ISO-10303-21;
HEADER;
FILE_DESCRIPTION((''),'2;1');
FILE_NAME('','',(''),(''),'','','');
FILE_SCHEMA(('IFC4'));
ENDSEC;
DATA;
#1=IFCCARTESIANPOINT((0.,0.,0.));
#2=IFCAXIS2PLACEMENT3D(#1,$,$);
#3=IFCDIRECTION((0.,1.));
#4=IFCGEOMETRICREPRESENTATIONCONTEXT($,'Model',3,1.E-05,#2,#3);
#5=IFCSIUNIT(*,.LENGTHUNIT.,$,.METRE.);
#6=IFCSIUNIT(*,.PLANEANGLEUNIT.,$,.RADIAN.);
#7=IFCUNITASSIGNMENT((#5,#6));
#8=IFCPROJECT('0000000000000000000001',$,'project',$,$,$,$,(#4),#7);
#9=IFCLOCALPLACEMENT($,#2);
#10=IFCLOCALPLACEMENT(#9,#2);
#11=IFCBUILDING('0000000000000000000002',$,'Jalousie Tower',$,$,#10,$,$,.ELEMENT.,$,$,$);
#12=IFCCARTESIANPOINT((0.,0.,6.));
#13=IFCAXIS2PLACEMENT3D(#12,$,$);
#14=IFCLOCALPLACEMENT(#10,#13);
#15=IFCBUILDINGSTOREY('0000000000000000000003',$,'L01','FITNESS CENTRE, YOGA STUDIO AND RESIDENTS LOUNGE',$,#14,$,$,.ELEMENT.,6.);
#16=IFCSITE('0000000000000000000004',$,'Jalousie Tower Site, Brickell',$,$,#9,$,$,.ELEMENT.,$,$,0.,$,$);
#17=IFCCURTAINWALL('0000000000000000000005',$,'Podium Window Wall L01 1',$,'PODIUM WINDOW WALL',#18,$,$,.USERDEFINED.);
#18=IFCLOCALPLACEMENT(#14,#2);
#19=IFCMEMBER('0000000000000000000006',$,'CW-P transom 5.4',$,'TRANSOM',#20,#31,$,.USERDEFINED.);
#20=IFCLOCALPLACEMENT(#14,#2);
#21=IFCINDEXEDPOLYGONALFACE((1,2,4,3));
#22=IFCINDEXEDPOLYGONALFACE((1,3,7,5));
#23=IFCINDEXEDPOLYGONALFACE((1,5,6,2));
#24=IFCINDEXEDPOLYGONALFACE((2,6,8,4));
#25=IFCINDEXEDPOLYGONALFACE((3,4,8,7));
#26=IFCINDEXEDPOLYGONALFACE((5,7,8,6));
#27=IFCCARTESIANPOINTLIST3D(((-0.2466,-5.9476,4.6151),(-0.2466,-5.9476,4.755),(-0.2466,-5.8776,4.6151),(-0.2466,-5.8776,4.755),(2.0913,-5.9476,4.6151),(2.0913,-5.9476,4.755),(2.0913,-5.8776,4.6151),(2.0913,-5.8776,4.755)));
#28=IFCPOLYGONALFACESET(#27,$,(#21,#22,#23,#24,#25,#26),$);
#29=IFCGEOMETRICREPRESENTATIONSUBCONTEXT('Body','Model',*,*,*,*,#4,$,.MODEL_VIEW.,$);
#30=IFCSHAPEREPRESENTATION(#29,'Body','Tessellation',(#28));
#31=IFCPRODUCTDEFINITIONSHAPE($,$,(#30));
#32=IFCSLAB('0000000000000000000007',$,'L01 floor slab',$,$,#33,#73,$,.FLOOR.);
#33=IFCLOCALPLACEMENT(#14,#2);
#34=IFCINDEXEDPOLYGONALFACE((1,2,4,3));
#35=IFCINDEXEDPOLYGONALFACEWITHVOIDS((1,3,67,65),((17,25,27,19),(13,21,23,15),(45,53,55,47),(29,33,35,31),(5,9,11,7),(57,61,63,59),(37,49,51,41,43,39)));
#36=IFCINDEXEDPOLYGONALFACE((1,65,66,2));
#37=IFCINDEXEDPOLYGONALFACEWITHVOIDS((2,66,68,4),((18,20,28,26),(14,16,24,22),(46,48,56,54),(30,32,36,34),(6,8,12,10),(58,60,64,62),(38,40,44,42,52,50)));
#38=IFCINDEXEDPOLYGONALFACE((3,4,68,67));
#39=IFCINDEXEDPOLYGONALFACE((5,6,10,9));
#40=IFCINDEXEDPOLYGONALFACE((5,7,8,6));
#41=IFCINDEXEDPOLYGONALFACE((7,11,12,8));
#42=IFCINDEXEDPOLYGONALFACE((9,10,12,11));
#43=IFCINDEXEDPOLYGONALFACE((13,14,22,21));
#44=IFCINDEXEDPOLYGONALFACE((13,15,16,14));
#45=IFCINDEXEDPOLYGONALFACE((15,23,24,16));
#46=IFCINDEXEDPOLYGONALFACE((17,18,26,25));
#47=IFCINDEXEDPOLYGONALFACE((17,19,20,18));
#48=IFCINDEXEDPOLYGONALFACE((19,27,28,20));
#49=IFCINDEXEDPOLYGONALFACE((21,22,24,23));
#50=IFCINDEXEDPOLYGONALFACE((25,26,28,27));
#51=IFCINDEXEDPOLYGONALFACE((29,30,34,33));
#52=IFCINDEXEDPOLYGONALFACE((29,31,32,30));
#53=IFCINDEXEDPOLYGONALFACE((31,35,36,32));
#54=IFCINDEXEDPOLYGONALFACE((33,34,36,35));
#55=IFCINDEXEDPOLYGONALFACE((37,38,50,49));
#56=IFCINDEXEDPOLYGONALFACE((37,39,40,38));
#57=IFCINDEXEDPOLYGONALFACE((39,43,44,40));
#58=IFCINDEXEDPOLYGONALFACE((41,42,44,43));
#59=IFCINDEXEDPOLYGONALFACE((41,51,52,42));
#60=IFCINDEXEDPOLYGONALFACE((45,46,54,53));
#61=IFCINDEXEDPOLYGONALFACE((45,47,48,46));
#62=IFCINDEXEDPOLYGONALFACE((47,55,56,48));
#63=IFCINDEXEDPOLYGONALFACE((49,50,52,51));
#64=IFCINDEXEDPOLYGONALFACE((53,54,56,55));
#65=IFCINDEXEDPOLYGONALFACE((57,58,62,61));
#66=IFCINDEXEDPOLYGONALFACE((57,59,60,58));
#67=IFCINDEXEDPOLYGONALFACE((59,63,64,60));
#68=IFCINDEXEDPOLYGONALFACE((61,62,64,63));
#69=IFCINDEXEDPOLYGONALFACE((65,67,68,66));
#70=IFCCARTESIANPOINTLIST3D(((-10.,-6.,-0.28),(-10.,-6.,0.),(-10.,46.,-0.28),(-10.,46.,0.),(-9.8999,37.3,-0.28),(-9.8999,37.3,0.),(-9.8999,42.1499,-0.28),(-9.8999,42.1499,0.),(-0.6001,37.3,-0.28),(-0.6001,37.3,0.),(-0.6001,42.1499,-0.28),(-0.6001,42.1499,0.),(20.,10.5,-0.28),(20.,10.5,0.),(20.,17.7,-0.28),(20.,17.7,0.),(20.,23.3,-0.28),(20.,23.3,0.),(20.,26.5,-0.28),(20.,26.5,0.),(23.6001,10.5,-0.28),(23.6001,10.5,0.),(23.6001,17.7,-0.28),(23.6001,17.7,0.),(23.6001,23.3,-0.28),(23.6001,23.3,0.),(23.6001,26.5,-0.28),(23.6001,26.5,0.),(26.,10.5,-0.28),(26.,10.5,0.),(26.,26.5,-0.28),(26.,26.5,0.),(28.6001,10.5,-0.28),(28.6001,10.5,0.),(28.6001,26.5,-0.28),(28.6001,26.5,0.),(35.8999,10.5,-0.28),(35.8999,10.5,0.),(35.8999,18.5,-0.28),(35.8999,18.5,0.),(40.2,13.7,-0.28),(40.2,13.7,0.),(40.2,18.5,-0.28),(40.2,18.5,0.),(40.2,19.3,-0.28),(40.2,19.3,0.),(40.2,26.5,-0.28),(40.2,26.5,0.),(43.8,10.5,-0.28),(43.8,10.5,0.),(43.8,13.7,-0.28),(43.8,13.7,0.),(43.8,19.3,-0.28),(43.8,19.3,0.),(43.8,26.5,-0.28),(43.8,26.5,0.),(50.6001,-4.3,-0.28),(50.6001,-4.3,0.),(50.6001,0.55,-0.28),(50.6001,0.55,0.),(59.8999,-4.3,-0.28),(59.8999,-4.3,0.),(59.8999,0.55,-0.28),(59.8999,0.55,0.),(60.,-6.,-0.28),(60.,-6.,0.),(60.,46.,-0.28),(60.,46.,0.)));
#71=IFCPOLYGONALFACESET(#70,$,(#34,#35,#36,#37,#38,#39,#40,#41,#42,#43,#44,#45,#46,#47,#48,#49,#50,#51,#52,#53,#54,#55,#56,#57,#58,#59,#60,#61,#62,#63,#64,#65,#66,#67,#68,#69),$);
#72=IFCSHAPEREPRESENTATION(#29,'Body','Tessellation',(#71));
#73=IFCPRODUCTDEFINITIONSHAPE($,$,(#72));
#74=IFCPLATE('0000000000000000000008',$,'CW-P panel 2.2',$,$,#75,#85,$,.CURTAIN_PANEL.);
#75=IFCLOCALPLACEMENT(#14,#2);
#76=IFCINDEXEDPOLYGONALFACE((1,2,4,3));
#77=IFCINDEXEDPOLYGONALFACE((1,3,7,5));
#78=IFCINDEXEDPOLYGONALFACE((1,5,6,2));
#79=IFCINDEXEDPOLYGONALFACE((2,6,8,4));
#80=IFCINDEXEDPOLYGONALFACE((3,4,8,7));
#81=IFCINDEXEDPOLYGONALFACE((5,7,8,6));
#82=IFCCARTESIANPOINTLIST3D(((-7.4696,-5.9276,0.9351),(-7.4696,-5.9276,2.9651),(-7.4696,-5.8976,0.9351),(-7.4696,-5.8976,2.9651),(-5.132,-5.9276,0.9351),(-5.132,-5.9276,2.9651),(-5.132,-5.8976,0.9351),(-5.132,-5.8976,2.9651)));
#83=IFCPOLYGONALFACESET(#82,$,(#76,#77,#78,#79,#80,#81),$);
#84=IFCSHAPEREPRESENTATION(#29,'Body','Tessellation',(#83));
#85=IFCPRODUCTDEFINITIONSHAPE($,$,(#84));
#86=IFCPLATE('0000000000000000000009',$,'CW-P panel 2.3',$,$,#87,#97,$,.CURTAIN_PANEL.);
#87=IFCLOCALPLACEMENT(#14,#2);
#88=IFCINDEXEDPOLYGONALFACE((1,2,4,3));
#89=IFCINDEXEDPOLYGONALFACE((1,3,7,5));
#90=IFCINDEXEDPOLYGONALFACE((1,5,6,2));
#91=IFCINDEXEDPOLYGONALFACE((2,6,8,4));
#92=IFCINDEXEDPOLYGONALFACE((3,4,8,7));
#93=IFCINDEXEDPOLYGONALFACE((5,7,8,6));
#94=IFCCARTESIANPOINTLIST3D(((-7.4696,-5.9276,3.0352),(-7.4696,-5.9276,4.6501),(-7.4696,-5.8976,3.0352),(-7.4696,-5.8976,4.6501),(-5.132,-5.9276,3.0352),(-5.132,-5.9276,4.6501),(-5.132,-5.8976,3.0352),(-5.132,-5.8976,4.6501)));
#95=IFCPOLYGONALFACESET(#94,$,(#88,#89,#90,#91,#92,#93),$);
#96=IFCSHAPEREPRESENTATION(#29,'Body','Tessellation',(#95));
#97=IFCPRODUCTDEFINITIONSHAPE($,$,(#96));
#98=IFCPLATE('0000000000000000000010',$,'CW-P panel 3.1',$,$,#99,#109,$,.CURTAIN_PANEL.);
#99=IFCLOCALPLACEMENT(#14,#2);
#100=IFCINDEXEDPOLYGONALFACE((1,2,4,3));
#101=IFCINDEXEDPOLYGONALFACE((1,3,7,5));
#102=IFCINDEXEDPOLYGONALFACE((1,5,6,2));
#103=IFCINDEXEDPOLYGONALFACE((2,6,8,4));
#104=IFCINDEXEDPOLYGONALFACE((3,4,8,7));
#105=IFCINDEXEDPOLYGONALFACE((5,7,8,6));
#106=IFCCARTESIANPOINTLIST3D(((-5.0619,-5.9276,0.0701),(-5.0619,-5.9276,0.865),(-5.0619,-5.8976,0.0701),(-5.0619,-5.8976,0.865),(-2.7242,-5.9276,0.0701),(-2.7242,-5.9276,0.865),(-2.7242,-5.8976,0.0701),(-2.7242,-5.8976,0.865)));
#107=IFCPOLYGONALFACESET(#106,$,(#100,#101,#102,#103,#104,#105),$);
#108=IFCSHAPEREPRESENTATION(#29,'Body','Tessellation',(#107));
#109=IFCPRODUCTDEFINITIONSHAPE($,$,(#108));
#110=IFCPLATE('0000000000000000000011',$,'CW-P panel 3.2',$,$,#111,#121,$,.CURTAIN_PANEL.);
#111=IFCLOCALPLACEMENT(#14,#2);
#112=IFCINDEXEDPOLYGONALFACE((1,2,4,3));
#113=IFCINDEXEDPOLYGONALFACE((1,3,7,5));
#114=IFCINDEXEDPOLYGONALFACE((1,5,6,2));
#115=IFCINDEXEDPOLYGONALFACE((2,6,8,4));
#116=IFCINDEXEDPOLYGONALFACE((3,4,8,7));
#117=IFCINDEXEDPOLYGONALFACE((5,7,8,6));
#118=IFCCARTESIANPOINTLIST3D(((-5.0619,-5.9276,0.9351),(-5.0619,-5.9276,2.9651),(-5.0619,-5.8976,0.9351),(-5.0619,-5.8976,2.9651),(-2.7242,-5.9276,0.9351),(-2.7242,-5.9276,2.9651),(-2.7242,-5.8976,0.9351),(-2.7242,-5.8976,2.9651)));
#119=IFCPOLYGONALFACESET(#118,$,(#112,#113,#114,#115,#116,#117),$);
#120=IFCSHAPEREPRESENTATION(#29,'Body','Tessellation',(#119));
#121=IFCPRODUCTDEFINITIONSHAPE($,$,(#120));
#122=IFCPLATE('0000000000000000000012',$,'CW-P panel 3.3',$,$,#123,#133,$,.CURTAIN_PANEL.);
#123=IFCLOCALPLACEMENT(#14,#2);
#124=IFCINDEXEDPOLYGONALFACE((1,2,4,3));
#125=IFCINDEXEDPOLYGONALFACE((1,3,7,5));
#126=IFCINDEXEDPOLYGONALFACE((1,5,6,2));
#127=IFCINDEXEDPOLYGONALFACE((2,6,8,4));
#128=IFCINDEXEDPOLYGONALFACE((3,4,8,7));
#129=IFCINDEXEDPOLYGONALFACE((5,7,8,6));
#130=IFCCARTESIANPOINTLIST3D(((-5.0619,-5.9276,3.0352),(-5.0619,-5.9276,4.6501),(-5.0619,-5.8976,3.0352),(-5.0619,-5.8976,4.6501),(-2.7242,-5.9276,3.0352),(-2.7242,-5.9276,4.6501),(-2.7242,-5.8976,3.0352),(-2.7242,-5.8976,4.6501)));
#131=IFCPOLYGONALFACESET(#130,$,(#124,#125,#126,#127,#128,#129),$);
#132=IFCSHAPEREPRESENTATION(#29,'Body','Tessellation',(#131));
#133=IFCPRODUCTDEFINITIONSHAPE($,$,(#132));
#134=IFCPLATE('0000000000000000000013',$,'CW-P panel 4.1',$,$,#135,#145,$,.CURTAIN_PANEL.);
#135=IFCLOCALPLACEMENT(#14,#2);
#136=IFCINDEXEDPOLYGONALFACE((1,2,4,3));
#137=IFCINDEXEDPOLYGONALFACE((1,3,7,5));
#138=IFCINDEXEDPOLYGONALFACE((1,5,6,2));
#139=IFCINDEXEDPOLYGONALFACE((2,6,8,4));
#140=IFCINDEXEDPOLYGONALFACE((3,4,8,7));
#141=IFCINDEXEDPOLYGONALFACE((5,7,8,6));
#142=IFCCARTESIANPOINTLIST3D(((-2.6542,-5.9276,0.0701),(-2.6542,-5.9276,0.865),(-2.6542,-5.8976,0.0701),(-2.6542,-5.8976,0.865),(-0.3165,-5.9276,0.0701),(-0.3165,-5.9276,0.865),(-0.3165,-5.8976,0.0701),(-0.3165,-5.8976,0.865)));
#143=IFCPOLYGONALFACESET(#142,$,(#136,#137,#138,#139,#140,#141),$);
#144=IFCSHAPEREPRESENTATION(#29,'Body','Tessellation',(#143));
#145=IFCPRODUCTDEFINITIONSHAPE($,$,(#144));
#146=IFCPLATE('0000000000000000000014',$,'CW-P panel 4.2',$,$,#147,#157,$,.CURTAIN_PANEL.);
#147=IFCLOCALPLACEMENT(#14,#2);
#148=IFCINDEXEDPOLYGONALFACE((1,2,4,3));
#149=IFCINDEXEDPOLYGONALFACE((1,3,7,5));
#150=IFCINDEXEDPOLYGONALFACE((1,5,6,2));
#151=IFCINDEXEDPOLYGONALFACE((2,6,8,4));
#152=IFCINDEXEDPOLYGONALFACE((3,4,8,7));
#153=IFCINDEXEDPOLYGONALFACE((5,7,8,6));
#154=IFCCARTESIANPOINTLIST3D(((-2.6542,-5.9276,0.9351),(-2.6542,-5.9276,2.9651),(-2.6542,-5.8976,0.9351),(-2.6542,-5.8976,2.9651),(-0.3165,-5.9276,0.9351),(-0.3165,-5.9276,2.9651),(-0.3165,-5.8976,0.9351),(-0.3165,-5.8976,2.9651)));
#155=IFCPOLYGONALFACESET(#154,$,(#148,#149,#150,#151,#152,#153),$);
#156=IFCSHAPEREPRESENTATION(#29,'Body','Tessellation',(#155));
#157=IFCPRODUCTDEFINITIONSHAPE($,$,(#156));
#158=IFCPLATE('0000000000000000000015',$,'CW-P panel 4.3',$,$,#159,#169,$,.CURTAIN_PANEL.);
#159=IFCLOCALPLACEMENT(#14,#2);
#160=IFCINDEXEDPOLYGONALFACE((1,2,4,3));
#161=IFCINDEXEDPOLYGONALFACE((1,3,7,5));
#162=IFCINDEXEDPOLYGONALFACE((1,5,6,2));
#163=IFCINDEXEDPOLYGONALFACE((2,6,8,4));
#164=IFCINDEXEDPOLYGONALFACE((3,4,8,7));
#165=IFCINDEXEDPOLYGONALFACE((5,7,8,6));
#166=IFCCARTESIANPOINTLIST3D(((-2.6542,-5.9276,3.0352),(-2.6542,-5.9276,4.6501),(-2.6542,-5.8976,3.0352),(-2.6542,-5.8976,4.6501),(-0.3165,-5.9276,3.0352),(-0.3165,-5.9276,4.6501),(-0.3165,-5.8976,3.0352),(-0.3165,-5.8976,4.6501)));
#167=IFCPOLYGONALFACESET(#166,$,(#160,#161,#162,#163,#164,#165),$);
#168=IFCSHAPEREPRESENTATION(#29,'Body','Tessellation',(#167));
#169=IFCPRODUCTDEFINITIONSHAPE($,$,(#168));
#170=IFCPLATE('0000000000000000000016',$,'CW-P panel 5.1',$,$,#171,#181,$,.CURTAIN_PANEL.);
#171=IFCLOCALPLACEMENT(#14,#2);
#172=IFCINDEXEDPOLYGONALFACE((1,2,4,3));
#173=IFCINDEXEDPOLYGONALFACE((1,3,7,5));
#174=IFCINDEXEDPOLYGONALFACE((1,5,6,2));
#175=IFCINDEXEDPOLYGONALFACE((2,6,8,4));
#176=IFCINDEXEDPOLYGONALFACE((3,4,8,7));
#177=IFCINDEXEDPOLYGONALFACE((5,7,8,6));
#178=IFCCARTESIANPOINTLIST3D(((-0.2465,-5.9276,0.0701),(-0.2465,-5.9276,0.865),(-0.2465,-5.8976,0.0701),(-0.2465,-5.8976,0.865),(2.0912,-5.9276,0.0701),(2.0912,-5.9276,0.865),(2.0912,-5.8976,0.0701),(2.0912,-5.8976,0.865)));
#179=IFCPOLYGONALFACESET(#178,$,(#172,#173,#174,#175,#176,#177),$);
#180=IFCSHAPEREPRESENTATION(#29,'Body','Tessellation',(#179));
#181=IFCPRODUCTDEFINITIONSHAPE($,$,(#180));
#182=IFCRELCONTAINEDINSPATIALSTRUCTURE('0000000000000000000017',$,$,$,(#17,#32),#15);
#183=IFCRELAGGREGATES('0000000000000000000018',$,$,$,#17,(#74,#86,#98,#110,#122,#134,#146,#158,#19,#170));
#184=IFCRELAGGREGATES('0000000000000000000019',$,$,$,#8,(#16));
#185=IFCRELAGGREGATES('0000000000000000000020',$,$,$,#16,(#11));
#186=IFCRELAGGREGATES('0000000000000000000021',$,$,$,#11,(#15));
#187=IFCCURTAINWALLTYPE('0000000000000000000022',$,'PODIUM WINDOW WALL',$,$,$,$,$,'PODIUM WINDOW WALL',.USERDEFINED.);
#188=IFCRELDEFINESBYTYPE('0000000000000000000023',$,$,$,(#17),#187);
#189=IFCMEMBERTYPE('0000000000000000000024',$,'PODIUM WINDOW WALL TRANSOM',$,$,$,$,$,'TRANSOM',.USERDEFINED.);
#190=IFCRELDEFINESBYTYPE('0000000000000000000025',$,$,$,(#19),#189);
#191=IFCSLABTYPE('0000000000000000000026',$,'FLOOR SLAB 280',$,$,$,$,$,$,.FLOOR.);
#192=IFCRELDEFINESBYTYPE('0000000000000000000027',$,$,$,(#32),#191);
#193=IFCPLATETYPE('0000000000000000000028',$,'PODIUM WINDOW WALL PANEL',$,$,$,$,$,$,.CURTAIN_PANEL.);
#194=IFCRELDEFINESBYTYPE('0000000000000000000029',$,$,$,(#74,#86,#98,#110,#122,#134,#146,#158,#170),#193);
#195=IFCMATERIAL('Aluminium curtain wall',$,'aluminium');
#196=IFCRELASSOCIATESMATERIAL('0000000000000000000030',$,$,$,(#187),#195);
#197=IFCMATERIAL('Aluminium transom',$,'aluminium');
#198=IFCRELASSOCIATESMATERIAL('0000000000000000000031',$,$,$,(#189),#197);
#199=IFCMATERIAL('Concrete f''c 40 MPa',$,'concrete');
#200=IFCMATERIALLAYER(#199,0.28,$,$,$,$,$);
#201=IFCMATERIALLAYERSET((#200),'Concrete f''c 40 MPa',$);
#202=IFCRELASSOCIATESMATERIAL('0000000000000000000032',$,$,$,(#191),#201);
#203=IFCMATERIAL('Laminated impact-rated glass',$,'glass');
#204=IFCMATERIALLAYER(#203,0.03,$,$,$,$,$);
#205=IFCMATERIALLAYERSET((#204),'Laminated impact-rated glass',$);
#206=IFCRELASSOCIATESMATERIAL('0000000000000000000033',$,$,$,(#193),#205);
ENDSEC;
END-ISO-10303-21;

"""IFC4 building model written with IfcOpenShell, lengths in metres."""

from ifc_helpers import new_model, si_unit, direction, frame, origin, origin_2d, place, context, subcontext, project, spatial, polyline, rectangle, outline, extrude, material, layer, layer_set, material_profile, profile_set, type_object, element, aggregate, save


model = new_model("IFC4")

# Units and contexts
model_context = context("Model", 3, precision=1e-05, world=origin(), true_north=direction((0.0, 1.0)))
body_context = subcontext(model_context, "Body", "Model", "MODEL_VIEW")
ifc_project = project(units=[si_unit("LENGTHUNIT", "METRE"), si_unit("PLANEANGLEUNIT", "RADIAN")], contexts=[model_context])

# Site, building, storey
site_placement = place(None, origin())
site = spatial("IfcSite", under=ifc_project, at=site_placement, Name="Jalousie Tower Site, Brickell", CompositionType="ELEMENT", RefElevation=0.0)
building_placement = place(site_placement, origin())
building = spatial("IfcBuilding", under=site, at=building_placement, Name="Jalousie Tower", CompositionType="ELEMENT")
storey_placement = place(building_placement, frame((0.0, 0.0, 6.0)))
storey = spatial("IfcBuildingStorey", under=building, at=storey_placement, Name="L01", Description="FITNESS CENTRE, YOGA STUDIO AND RESIDENTS LOUNGE", CompositionType="ELEMENT", Elevation=6.0)

# Curtain wall, member
ifc_material_1 = material(Name="Aluminium curtain wall", Category="aluminium")
curtain_wall_type = type_object("IfcCurtainWallType", Name="PODIUM WINDOW WALL", ElementType="PODIUM WINDOW WALL", PredefinedType="USERDEFINED", material=ifc_material_1)
curtain_wall_placement = place(storey_placement, origin())
curtain_wall = element("IfcCurtainWall", 1, at=curtain_wall_placement, inside=storey, type_object=curtain_wall_type, Name="Podium Window Wall L01 1", ObjectType="PODIUM WINDOW WALL", PredefinedType="USERDEFINED")
ifc_material_2 = material(Name="Aluminium transom", Category="aluminium")
ifc_material_profile_1 = material_profile(ifc_material_2, rectangle(XDim=0.0701, YDim=0.1399, at=origin_2d()), Name="TRANSOM 70x140")
ifc_profile_set_1 = profile_set([ifc_material_profile_1], Name="Aluminium transom")
member_type_1 = type_object("IfcMemberType", Name="PODIUM WINDOW WALL TRANSOM", ElementType="TRANSOM", PredefinedType="USERDEFINED", material=ifc_profile_set_1)
member_1_placement = place(storey_placement, frame((-0.2466, -5.9126, 4.6851), z_axis=(1.0, 0.0, 0.0), x_axis=(0.0, 1.0, 0.0)))
member_1 = element("IfcMember", 2, at=member_1_placement, type_object=member_type_1, Name="CW-P transom 5.4", ObjectType="TRANSOM", PredefinedType="USERDEFINED", context=body_context, shape_type="SweptSolid", body=[
    extrude(rectangle(XDim=0.0701, YDim=0.1399, at=origin_2d()), origin(), (0.0, 0.0, 1.0), 2.3379),
])

# Slab
ifc_material_3 = material(Name="Concrete f'c 40 MPa", Category="concrete")
ifc_layer_1 = layer(ifc_material_3, 0.28)
ifc_layer_set_1 = layer_set([ifc_layer_1], Name="Concrete f'c 40 MPa")
slab_type_1 = type_object("IfcSlabType", Name="FLOOR SLAB 280", PredefinedType="FLOOR", material=ifc_layer_set_1)
slab_1_placement = place(storey_placement, frame((0.0, 0.0, -0.28)))
element("IfcSlab", 3, at=slab_1_placement, inside=storey, type_object=slab_type_1, Name="L01 floor slab", PredefinedType="FLOOR", context=body_context, shape_type="SweptSolid", body=[
    extrude(outline(polyline([(-10.0, -6.0), (60.0, -6.0), (60.0, 46.0), (-10.0, 46.0), (-10.0, -6.0)]), holes=[polyline([(26.0, 10.5), (26.0, 26.5), (28.6001, 26.5), (28.6001, 10.5), (26.0, 10.5)]), polyline([(20.0, 10.5), (23.6001, 10.5), (23.6001, 17.7), (20.0, 17.7), (20.0, 10.5)]), polyline([(20.0, 23.3), (23.6001, 23.3), (23.6001, 26.5), (20.0, 26.5), (20.0, 23.3)]), polyline([(-9.8999, 37.3), (-0.6001, 37.3), (-0.6001, 42.1499), (-9.8999, 42.1499), (-9.8999, 37.3)]), polyline([(50.6001, -4.3), (59.8999, -4.3), (59.8999, 0.55), (50.6001, 0.55), (50.6001, -4.3)]), polyline([(43.8, 10.5), (35.8999, 10.5), (35.8999, 18.5), (40.2, 18.5), (40.2, 13.7), (43.8, 13.7), (43.8, 10.5)]), polyline([(40.2, 19.3), (43.8, 19.3), (43.8, 26.5), (40.2, 26.5), (40.2, 19.3)])]), origin(), (0.0, 0.0, 1.0), 0.28),
])

# Plates
ifc_material_4 = material(Name="Laminated impact-rated glass", Category="glass")
ifc_layer_2 = layer(ifc_material_4, 0.03)
ifc_layer_set_2 = layer_set([ifc_layer_2], Name="Laminated impact-rated glass")
plate_type = type_object("IfcPlateType", Name="PODIUM WINDOW WALL PANEL", PredefinedType="CURTAIN_PANEL", material=ifc_layer_set_2)
plate_1_placement = place(storey_placement, frame((-6.3008, -5.9126, 0.9351), z_axis=(0.0, 0.0, 1.0), x_axis=(1.0, 0.0, 0.0)))
plate_1 = element("IfcPlate", 4, at=plate_1_placement, type_object=plate_type, Name="CW-P panel 2.2", PredefinedType="CURTAIN_PANEL", context=body_context, shape_type="SweptSolid", body=[
    extrude(rectangle(XDim=2.3376, YDim=0.03, at=origin_2d()), origin(), (0.0, 0.0, 1.0), 2.03),
])
plate_2_placement = place(storey_placement, frame((-6.3008, -5.9126, 3.0352), z_axis=(0.0, 0.0, 1.0), x_axis=(1.0, 0.0, 0.0)))
plate_2 = element("IfcPlate", 5, at=plate_2_placement, type_object=plate_type, Name="CW-P panel 2.3", PredefinedType="CURTAIN_PANEL", context=body_context, shape_type="SweptSolid", body=[
    extrude(rectangle(XDim=2.3376, YDim=0.03, at=origin_2d()), origin(), (0.0, 0.0, 1.0), 1.615),
])
plate_3_placement = place(storey_placement, frame((-3.8931, -5.9126, 0.0701), z_axis=(0.0, 0.0, 1.0), x_axis=(1.0, 0.0, 0.0)))
plate_3 = element("IfcPlate", 6, at=plate_3_placement, type_object=plate_type, Name="CW-P panel 3.1", PredefinedType="CURTAIN_PANEL", context=body_context, shape_type="SweptSolid", body=[
    extrude(rectangle(XDim=2.3376, YDim=0.03, at=origin_2d()), origin(), (0.0, 0.0, 1.0), 0.7949),
])
plate_4_placement = place(storey_placement, frame((-3.8931, -5.9126, 0.9351), z_axis=(0.0, 0.0, 1.0), x_axis=(1.0, 0.0, 0.0)))
plate_4 = element("IfcPlate", 7, at=plate_4_placement, type_object=plate_type, Name="CW-P panel 3.2", PredefinedType="CURTAIN_PANEL", context=body_context, shape_type="SweptSolid", body=[
    extrude(rectangle(XDim=2.3376, YDim=0.03, at=origin_2d()), origin(), (0.0, 0.0, 1.0), 2.03),
])
plate_5_placement = place(storey_placement, frame((-3.8931, -5.9126, 3.0352), z_axis=(0.0, 0.0, 1.0), x_axis=(1.0, 0.0, 0.0)))
plate_5 = element("IfcPlate", 8, at=plate_5_placement, type_object=plate_type, Name="CW-P panel 3.3", PredefinedType="CURTAIN_PANEL", context=body_context, shape_type="SweptSolid", body=[
    extrude(rectangle(XDim=2.3376, YDim=0.03, at=origin_2d()), origin(), (0.0, 0.0, 1.0), 1.615),
])
plate_6_placement = place(storey_placement, frame((-1.4854, -5.9126, 0.0701), z_axis=(0.0, 0.0, 1.0), x_axis=(1.0, 0.0, 0.0)))
plate_6 = element("IfcPlate", 9, at=plate_6_placement, type_object=plate_type, Name="CW-P panel 4.1", PredefinedType="CURTAIN_PANEL", context=body_context, shape_type="SweptSolid", body=[
    extrude(rectangle(XDim=2.3376, YDim=0.03, at=origin_2d()), origin(), (0.0, 0.0, 1.0), 0.7949),
])
plate_7_placement = place(storey_placement, frame((-1.4854, -5.9126, 0.9351), z_axis=(0.0, 0.0, 1.0), x_axis=(1.0, 0.0, 0.0)))
plate_7 = element("IfcPlate", 10, at=plate_7_placement, type_object=plate_type, Name="CW-P panel 4.2", PredefinedType="CURTAIN_PANEL", context=body_context, shape_type="SweptSolid", body=[
    extrude(rectangle(XDim=2.3376, YDim=0.03, at=origin_2d()), origin(), (0.0, 0.0, 1.0), 2.03),
])
plate_8_placement = place(storey_placement, frame((-1.4854, -5.9126, 3.0352), z_axis=(0.0, 0.0, 1.0), x_axis=(1.0, 0.0, 0.0)))
plate_8 = element("IfcPlate", 11, at=plate_8_placement, type_object=plate_type, Name="CW-P panel 4.3", PredefinedType="CURTAIN_PANEL", context=body_context, shape_type="SweptSolid", body=[
    extrude(rectangle(XDim=2.3376, YDim=0.03, at=origin_2d()), origin(), (0.0, 0.0, 1.0), 1.615),
])
plate_9_placement = place(storey_placement, frame((0.9224, -5.9126, 0.0701), z_axis=(0.0, 0.0, 1.0), x_axis=(1.0, 0.0, 0.0)))
plate_9 = element("IfcPlate", 12, at=plate_9_placement, type_object=plate_type, Name="CW-P panel 5.1", PredefinedType="CURTAIN_PANEL", context=body_context, shape_type="SweptSolid", body=[
    extrude(rectangle(XDim=2.3376, YDim=0.03, at=origin_2d()), origin(), (0.0, 0.0, 1.0), 0.7949),
])
aggregate(curtain_wall, [plate_1, plate_2, plate_3, plate_4, plate_5, plate_6, plate_7, plate_8, member_1, plate_9])

save(model, "model.ifc")
